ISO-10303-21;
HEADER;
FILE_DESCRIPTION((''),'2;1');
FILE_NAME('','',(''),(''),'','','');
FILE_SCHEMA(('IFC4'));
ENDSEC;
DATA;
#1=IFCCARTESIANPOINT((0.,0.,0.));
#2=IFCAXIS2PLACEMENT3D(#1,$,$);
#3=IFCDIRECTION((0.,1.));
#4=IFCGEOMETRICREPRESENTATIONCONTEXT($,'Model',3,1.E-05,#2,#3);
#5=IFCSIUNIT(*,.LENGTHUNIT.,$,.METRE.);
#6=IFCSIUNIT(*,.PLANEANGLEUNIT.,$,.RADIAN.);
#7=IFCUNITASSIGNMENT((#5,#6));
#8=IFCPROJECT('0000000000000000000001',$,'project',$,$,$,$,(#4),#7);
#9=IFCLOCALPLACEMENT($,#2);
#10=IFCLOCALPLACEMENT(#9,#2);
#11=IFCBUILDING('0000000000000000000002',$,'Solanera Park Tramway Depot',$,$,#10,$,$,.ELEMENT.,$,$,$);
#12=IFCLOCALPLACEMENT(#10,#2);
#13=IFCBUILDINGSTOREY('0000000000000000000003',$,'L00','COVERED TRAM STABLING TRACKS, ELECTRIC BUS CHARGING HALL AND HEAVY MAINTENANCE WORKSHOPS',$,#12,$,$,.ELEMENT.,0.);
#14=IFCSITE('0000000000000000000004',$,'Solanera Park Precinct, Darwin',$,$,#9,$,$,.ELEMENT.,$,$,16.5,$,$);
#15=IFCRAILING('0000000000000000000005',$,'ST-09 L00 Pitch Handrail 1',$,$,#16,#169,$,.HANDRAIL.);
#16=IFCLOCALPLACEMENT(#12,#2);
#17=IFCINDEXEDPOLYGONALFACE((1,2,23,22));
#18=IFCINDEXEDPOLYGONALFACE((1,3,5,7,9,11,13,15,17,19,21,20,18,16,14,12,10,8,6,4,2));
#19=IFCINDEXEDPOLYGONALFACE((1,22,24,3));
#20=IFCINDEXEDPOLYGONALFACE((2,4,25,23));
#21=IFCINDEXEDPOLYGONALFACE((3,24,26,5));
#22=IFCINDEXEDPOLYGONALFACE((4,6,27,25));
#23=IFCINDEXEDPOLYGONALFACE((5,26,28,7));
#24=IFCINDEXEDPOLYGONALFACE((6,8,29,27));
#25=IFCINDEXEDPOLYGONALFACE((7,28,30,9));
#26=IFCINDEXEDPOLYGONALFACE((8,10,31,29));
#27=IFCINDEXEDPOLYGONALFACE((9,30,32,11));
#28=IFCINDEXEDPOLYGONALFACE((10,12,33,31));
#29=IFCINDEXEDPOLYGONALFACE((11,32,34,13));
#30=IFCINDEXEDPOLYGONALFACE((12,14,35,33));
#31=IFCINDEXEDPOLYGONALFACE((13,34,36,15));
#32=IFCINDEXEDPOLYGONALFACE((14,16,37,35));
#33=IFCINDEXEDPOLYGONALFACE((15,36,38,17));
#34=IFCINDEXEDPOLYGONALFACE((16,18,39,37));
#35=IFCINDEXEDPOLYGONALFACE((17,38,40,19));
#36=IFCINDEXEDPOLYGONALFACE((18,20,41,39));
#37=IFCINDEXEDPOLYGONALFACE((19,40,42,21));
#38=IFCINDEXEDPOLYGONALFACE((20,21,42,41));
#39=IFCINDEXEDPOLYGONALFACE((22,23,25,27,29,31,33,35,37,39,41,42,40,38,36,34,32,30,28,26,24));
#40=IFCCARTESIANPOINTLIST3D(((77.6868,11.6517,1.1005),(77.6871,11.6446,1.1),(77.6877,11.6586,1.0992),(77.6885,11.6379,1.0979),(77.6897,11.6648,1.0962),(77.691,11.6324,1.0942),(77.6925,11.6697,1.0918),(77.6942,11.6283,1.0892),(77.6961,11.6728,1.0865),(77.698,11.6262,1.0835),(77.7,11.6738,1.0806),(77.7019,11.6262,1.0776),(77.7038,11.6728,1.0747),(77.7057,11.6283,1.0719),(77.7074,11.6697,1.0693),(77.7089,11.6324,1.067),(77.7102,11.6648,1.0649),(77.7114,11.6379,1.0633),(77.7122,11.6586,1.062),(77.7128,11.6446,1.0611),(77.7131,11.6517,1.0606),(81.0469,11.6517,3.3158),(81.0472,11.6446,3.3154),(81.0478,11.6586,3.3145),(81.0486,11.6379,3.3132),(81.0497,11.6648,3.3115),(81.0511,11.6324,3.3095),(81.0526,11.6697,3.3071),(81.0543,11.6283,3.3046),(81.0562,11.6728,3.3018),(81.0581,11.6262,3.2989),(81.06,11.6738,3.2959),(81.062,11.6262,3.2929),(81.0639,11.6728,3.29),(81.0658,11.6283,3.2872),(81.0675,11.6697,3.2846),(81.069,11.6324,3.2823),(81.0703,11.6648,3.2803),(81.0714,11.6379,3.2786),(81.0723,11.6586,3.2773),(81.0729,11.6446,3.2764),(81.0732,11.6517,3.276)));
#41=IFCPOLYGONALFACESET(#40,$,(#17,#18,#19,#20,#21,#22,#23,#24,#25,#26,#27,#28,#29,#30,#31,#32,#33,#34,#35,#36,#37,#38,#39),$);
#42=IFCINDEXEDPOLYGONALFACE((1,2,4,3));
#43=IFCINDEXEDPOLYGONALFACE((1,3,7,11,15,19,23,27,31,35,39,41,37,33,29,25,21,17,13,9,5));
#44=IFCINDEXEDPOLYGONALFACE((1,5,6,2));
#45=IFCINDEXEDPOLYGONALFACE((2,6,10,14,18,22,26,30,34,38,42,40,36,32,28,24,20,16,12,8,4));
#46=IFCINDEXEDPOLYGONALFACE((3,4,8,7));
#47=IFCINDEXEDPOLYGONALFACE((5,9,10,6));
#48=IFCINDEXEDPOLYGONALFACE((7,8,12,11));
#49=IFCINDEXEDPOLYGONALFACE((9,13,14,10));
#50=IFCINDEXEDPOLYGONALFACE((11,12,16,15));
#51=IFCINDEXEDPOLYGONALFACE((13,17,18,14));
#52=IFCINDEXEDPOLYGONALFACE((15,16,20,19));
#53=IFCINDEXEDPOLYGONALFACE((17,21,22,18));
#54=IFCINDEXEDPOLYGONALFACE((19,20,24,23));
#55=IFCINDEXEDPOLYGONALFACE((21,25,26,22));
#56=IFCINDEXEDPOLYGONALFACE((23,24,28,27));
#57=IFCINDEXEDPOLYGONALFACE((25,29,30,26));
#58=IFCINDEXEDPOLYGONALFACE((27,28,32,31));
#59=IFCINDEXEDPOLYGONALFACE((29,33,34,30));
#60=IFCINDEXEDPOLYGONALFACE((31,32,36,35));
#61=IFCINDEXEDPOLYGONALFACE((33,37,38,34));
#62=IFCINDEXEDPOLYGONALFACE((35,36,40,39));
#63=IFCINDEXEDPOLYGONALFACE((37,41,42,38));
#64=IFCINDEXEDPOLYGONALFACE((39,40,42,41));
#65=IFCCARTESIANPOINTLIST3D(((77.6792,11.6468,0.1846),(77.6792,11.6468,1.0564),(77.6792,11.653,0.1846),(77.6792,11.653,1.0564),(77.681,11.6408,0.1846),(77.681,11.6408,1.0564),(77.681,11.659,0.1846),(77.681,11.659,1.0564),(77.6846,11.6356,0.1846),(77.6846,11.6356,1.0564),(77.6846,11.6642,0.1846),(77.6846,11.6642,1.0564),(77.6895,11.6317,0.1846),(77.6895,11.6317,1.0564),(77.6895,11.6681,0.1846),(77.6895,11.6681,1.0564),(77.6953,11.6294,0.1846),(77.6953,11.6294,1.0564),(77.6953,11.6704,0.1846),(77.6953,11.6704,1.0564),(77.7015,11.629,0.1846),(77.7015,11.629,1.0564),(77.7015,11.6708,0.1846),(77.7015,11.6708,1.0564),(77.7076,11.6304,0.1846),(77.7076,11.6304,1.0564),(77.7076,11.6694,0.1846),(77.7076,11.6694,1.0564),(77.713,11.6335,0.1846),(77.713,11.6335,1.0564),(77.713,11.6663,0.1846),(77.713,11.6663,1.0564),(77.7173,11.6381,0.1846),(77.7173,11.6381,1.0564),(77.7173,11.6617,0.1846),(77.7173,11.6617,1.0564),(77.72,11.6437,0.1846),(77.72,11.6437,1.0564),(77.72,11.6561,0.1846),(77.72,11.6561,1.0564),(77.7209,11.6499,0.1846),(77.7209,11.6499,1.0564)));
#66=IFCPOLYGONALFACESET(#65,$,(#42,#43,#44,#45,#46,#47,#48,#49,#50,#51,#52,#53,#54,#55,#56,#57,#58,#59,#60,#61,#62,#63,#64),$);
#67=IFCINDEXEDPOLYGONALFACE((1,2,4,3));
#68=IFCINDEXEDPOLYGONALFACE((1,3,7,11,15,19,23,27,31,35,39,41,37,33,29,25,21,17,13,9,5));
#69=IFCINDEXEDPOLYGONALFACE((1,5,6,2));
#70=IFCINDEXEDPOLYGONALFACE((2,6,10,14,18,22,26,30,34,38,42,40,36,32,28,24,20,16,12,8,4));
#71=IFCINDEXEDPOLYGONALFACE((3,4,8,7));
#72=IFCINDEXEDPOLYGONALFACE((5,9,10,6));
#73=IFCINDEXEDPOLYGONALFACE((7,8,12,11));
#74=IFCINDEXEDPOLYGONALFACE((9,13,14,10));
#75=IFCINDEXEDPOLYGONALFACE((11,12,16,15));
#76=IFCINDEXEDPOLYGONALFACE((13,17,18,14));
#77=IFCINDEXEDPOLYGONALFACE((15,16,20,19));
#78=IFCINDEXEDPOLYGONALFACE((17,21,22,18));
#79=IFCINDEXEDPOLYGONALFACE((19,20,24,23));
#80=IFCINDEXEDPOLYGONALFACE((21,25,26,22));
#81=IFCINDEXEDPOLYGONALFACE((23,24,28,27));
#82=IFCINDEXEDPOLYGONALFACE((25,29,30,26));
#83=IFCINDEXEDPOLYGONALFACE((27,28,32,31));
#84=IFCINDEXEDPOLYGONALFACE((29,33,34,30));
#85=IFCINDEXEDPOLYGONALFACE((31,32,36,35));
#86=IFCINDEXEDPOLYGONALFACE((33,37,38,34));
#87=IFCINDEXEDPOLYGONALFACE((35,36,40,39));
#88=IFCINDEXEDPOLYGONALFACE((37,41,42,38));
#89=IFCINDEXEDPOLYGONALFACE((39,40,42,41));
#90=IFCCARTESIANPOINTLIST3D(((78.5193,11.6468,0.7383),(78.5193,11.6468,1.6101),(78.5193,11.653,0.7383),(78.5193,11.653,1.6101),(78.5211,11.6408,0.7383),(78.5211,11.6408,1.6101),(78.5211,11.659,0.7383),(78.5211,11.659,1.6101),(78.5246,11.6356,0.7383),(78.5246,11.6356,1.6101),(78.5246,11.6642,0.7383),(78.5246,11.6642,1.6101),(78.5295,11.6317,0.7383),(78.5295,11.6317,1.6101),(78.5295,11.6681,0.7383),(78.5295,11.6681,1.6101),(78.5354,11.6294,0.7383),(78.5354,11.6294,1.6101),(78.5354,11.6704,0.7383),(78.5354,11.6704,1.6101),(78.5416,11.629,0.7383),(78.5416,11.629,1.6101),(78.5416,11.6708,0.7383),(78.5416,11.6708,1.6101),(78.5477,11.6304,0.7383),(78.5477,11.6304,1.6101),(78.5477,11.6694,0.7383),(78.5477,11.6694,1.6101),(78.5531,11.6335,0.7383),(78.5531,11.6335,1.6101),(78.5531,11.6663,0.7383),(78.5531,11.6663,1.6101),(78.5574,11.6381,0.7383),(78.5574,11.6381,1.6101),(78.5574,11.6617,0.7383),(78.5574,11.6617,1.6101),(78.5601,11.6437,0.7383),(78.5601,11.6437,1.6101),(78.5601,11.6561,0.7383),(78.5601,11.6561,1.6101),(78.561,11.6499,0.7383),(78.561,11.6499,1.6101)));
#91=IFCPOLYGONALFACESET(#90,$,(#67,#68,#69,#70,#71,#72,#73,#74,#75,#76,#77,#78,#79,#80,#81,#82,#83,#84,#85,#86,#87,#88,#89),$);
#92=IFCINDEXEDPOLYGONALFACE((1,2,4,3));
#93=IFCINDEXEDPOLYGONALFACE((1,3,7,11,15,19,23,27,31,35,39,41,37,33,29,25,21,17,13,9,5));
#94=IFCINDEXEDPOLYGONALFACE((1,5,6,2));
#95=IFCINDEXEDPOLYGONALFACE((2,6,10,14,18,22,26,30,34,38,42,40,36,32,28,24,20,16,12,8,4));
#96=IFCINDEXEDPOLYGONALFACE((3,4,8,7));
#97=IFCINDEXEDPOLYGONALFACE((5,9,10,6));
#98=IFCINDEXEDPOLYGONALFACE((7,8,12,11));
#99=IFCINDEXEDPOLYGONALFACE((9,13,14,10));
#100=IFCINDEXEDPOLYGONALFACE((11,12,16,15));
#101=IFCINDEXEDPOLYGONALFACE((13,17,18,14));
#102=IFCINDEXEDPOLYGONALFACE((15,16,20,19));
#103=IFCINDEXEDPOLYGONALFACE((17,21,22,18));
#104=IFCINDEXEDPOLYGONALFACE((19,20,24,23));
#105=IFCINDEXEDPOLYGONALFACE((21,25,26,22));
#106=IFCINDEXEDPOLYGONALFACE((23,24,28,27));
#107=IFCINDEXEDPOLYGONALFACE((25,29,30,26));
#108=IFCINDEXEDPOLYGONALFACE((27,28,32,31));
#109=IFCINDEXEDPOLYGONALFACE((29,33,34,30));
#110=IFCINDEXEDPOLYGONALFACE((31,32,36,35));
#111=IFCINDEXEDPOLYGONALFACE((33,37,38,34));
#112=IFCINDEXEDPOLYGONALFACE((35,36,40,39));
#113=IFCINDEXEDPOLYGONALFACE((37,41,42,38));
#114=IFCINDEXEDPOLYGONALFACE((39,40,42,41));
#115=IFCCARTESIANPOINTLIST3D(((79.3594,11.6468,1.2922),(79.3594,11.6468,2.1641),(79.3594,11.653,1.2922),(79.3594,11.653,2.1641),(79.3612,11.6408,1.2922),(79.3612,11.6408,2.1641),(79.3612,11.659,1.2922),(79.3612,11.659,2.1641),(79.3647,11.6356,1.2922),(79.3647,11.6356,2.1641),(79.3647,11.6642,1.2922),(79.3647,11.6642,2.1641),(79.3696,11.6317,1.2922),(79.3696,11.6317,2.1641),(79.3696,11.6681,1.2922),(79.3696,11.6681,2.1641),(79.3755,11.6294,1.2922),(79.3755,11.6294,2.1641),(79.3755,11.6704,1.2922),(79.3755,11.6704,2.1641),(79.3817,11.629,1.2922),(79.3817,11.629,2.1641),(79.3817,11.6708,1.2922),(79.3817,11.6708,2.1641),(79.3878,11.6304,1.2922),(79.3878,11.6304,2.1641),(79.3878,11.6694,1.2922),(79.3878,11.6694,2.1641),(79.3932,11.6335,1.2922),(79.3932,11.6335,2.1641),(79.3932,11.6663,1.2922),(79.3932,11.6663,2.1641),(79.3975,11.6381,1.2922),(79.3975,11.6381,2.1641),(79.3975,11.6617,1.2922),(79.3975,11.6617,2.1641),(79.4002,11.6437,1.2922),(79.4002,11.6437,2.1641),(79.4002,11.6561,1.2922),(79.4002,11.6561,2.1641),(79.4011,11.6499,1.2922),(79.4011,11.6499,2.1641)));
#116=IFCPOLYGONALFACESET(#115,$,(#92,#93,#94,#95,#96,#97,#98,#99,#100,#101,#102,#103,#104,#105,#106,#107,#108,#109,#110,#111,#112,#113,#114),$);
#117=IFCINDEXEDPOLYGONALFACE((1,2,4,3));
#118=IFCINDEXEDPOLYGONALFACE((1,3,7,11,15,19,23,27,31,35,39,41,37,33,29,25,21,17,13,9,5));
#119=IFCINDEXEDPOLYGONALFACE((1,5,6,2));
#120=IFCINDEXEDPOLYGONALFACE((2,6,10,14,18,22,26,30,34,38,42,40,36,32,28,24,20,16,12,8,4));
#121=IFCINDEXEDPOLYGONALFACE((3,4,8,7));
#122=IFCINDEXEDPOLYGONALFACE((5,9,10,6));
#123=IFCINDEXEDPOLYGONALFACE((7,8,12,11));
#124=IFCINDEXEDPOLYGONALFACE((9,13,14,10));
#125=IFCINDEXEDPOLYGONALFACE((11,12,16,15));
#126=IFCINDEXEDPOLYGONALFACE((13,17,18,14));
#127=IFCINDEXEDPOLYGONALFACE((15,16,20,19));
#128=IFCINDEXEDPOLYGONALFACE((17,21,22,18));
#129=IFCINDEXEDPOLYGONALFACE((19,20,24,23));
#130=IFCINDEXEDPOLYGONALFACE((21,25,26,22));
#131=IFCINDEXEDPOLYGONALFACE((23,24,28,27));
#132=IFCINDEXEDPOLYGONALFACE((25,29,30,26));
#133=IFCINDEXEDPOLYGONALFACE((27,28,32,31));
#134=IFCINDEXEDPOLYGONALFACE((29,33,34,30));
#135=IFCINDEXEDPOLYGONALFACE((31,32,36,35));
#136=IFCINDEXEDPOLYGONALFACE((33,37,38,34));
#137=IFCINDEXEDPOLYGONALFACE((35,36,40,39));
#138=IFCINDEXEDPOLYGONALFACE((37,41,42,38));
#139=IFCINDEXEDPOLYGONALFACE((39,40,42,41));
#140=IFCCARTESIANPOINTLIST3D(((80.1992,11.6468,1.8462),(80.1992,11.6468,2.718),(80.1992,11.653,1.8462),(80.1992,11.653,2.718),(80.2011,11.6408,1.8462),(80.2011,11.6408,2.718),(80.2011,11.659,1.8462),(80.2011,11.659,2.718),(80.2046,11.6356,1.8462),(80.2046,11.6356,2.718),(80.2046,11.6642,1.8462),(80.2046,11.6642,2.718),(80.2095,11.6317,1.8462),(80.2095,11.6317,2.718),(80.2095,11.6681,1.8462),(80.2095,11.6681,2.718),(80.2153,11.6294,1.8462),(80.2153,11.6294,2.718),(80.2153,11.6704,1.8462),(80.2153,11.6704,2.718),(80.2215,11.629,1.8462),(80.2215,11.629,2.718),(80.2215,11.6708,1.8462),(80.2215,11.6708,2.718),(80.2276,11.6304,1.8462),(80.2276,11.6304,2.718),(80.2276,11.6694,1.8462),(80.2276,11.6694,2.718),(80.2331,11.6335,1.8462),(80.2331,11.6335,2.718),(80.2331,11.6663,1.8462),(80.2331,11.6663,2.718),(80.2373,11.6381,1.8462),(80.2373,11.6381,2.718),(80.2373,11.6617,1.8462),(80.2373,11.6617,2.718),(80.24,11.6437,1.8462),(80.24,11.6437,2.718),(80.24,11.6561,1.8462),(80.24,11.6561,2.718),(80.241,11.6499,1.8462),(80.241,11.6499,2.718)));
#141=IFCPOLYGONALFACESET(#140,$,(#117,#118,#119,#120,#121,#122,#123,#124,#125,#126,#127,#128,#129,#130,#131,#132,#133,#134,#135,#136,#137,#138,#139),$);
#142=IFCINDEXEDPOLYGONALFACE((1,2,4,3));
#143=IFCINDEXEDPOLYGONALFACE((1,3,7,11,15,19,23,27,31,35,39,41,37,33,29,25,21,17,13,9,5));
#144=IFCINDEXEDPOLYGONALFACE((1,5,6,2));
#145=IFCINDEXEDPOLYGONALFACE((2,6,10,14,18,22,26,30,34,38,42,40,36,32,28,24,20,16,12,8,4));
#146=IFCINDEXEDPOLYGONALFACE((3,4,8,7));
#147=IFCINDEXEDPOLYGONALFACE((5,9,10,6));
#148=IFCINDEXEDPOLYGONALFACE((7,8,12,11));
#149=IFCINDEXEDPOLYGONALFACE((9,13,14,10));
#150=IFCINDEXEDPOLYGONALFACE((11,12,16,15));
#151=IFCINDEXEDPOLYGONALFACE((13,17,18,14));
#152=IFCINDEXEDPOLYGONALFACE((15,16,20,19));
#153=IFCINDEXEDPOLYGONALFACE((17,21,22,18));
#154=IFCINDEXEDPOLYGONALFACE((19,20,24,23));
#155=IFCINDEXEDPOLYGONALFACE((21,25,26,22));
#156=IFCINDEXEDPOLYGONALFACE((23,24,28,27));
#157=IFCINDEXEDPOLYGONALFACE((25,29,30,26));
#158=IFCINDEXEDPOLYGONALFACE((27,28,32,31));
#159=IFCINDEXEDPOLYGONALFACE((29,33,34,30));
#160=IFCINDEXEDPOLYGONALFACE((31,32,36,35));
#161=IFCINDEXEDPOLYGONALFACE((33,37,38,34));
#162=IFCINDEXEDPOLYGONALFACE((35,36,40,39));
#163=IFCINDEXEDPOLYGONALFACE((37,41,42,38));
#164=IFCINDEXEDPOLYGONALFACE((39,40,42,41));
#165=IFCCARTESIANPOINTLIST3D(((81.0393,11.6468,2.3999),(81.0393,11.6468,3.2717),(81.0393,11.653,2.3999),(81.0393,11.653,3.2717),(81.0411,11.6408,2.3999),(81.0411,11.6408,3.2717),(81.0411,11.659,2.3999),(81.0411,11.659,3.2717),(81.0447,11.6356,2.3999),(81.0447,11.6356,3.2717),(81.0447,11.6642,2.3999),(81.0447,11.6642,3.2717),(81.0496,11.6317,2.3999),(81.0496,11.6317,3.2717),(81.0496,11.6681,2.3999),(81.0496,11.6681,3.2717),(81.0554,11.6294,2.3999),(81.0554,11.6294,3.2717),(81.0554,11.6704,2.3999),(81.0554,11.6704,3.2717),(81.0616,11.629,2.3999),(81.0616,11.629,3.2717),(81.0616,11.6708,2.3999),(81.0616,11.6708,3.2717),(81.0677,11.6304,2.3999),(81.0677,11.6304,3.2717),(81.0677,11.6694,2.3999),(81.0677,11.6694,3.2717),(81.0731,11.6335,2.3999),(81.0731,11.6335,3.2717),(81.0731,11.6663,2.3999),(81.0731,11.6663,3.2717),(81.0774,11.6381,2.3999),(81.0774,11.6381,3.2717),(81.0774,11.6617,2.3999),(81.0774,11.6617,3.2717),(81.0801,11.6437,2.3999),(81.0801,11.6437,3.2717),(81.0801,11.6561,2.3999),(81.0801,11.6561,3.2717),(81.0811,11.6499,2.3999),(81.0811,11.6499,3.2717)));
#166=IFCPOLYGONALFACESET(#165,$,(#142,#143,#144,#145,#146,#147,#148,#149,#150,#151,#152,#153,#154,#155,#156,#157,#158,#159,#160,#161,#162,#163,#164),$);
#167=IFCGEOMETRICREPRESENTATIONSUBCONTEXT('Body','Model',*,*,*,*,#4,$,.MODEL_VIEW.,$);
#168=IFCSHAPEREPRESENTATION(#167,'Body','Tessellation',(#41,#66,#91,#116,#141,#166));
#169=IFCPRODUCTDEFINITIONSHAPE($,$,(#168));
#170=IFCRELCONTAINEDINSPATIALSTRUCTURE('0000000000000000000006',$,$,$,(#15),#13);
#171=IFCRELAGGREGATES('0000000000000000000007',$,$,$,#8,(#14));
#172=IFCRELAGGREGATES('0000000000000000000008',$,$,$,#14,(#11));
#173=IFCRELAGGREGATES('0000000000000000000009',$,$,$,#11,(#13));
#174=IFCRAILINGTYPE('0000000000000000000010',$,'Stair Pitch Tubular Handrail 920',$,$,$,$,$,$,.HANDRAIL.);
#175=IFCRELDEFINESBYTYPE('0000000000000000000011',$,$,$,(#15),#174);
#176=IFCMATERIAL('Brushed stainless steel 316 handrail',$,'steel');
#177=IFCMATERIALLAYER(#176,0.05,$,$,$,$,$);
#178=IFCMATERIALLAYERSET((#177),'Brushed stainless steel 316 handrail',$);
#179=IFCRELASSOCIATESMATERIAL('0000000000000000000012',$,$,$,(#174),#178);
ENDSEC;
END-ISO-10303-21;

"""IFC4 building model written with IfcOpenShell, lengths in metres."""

from ifc_helpers import new_model, si_unit, direction, frame, origin, origin_2d, place, context, subcontext, project, spatial, circle, extrude, material, layer, layer_set, type_object, element, save


model = new_model("IFC4")

# Units and contexts
model_context = context("Model", 3, precision=1e-05, world=origin(), true_north=direction((0.0, 1.0)))
body_context = subcontext(model_context, "Body", "Model", "MODEL_VIEW")
ifc_project = project(units=[si_unit("LENGTHUNIT", "METRE"), si_unit("PLANEANGLEUNIT", "RADIAN")], contexts=[model_context])

# Site, building, storey
site_placement = place(None, origin())
site = spatial("IfcSite", under=ifc_project, at=site_placement, Name="Solanera Park Precinct, Darwin", CompositionType="ELEMENT", RefElevation=16.5)
building_placement = place(site_placement, origin())
building = spatial("IfcBuilding", under=site, at=building_placement, Name="Solanera Park Tramway Depot", CompositionType="ELEMENT")
storey_placement = place(building_placement, origin())
storey = spatial("IfcBuildingStorey", under=building, at=storey_placement, Name="L00", Description="COVERED TRAM STABLING TRACKS, ELECTRIC BUS CHARGING HALL AND HEAVY MAINTENANCE WORKSHOPS", CompositionType="ELEMENT", Elevation=0.0)

# Railing
ifc_material_1 = material(Name="Brushed stainless steel 316 handrail", Category="steel")
ifc_layer_1 = layer(ifc_material_1, 0.05)
ifc_layer_set_1 = layer_set([ifc_layer_1], Name="Brushed stainless steel 316 handrail")
railing_type_1 = type_object("IfcRailingType", Name="Stair Pitch Tubular Handrail 920", PredefinedType="HANDRAIL", material=ifc_layer_set_1)
railing_1_placement = place(storey_placement, frame((77.7, 11.6499, 0.1846)))
element("IfcRailing", 1, at=railing_1_placement, inside=storey, type_object=railing_type_1, Name="ST-09 L00 Pitch Handrail 1", PredefinedType="HANDRAIL", context=body_context, shape_type="SweptSolid", body=[
    extrude(circle(Radius=0.0239, at=origin_2d()), frame((0.0, 0.0, 0.896), z_axis=(0.834876, 0.0, 0.550437), x_axis=(0.0, 1.0, 0.0)), (0.0, 0.0, 1.0), 4.0247),
    extrude(circle(Radius=0.021, at=origin_2d()), origin(), (0.0, 0.0, 1.0), 0.8718),
    extrude(circle(Radius=0.021, at=origin_2d()), frame((0.8401, 0.0, 0.5537)), (0.0, 0.0, 1.0), 0.8718),
    extrude(circle(Radius=0.021, at=origin_2d()), frame((1.6802, 0.0, 1.1077)), (0.0, 0.0, 1.0), 0.8718),
    extrude(circle(Radius=0.021, at=origin_2d()), frame((2.52, 0.0, 1.6616)), (0.0, 0.0, 1.0), 0.8718),
    extrude(circle(Radius=0.021, at=origin_2d()), frame((3.3601, 0.0, 2.2153)), (0.0, 0.0, 1.0), 0.8718),
])

save(model, "model.ifc")
